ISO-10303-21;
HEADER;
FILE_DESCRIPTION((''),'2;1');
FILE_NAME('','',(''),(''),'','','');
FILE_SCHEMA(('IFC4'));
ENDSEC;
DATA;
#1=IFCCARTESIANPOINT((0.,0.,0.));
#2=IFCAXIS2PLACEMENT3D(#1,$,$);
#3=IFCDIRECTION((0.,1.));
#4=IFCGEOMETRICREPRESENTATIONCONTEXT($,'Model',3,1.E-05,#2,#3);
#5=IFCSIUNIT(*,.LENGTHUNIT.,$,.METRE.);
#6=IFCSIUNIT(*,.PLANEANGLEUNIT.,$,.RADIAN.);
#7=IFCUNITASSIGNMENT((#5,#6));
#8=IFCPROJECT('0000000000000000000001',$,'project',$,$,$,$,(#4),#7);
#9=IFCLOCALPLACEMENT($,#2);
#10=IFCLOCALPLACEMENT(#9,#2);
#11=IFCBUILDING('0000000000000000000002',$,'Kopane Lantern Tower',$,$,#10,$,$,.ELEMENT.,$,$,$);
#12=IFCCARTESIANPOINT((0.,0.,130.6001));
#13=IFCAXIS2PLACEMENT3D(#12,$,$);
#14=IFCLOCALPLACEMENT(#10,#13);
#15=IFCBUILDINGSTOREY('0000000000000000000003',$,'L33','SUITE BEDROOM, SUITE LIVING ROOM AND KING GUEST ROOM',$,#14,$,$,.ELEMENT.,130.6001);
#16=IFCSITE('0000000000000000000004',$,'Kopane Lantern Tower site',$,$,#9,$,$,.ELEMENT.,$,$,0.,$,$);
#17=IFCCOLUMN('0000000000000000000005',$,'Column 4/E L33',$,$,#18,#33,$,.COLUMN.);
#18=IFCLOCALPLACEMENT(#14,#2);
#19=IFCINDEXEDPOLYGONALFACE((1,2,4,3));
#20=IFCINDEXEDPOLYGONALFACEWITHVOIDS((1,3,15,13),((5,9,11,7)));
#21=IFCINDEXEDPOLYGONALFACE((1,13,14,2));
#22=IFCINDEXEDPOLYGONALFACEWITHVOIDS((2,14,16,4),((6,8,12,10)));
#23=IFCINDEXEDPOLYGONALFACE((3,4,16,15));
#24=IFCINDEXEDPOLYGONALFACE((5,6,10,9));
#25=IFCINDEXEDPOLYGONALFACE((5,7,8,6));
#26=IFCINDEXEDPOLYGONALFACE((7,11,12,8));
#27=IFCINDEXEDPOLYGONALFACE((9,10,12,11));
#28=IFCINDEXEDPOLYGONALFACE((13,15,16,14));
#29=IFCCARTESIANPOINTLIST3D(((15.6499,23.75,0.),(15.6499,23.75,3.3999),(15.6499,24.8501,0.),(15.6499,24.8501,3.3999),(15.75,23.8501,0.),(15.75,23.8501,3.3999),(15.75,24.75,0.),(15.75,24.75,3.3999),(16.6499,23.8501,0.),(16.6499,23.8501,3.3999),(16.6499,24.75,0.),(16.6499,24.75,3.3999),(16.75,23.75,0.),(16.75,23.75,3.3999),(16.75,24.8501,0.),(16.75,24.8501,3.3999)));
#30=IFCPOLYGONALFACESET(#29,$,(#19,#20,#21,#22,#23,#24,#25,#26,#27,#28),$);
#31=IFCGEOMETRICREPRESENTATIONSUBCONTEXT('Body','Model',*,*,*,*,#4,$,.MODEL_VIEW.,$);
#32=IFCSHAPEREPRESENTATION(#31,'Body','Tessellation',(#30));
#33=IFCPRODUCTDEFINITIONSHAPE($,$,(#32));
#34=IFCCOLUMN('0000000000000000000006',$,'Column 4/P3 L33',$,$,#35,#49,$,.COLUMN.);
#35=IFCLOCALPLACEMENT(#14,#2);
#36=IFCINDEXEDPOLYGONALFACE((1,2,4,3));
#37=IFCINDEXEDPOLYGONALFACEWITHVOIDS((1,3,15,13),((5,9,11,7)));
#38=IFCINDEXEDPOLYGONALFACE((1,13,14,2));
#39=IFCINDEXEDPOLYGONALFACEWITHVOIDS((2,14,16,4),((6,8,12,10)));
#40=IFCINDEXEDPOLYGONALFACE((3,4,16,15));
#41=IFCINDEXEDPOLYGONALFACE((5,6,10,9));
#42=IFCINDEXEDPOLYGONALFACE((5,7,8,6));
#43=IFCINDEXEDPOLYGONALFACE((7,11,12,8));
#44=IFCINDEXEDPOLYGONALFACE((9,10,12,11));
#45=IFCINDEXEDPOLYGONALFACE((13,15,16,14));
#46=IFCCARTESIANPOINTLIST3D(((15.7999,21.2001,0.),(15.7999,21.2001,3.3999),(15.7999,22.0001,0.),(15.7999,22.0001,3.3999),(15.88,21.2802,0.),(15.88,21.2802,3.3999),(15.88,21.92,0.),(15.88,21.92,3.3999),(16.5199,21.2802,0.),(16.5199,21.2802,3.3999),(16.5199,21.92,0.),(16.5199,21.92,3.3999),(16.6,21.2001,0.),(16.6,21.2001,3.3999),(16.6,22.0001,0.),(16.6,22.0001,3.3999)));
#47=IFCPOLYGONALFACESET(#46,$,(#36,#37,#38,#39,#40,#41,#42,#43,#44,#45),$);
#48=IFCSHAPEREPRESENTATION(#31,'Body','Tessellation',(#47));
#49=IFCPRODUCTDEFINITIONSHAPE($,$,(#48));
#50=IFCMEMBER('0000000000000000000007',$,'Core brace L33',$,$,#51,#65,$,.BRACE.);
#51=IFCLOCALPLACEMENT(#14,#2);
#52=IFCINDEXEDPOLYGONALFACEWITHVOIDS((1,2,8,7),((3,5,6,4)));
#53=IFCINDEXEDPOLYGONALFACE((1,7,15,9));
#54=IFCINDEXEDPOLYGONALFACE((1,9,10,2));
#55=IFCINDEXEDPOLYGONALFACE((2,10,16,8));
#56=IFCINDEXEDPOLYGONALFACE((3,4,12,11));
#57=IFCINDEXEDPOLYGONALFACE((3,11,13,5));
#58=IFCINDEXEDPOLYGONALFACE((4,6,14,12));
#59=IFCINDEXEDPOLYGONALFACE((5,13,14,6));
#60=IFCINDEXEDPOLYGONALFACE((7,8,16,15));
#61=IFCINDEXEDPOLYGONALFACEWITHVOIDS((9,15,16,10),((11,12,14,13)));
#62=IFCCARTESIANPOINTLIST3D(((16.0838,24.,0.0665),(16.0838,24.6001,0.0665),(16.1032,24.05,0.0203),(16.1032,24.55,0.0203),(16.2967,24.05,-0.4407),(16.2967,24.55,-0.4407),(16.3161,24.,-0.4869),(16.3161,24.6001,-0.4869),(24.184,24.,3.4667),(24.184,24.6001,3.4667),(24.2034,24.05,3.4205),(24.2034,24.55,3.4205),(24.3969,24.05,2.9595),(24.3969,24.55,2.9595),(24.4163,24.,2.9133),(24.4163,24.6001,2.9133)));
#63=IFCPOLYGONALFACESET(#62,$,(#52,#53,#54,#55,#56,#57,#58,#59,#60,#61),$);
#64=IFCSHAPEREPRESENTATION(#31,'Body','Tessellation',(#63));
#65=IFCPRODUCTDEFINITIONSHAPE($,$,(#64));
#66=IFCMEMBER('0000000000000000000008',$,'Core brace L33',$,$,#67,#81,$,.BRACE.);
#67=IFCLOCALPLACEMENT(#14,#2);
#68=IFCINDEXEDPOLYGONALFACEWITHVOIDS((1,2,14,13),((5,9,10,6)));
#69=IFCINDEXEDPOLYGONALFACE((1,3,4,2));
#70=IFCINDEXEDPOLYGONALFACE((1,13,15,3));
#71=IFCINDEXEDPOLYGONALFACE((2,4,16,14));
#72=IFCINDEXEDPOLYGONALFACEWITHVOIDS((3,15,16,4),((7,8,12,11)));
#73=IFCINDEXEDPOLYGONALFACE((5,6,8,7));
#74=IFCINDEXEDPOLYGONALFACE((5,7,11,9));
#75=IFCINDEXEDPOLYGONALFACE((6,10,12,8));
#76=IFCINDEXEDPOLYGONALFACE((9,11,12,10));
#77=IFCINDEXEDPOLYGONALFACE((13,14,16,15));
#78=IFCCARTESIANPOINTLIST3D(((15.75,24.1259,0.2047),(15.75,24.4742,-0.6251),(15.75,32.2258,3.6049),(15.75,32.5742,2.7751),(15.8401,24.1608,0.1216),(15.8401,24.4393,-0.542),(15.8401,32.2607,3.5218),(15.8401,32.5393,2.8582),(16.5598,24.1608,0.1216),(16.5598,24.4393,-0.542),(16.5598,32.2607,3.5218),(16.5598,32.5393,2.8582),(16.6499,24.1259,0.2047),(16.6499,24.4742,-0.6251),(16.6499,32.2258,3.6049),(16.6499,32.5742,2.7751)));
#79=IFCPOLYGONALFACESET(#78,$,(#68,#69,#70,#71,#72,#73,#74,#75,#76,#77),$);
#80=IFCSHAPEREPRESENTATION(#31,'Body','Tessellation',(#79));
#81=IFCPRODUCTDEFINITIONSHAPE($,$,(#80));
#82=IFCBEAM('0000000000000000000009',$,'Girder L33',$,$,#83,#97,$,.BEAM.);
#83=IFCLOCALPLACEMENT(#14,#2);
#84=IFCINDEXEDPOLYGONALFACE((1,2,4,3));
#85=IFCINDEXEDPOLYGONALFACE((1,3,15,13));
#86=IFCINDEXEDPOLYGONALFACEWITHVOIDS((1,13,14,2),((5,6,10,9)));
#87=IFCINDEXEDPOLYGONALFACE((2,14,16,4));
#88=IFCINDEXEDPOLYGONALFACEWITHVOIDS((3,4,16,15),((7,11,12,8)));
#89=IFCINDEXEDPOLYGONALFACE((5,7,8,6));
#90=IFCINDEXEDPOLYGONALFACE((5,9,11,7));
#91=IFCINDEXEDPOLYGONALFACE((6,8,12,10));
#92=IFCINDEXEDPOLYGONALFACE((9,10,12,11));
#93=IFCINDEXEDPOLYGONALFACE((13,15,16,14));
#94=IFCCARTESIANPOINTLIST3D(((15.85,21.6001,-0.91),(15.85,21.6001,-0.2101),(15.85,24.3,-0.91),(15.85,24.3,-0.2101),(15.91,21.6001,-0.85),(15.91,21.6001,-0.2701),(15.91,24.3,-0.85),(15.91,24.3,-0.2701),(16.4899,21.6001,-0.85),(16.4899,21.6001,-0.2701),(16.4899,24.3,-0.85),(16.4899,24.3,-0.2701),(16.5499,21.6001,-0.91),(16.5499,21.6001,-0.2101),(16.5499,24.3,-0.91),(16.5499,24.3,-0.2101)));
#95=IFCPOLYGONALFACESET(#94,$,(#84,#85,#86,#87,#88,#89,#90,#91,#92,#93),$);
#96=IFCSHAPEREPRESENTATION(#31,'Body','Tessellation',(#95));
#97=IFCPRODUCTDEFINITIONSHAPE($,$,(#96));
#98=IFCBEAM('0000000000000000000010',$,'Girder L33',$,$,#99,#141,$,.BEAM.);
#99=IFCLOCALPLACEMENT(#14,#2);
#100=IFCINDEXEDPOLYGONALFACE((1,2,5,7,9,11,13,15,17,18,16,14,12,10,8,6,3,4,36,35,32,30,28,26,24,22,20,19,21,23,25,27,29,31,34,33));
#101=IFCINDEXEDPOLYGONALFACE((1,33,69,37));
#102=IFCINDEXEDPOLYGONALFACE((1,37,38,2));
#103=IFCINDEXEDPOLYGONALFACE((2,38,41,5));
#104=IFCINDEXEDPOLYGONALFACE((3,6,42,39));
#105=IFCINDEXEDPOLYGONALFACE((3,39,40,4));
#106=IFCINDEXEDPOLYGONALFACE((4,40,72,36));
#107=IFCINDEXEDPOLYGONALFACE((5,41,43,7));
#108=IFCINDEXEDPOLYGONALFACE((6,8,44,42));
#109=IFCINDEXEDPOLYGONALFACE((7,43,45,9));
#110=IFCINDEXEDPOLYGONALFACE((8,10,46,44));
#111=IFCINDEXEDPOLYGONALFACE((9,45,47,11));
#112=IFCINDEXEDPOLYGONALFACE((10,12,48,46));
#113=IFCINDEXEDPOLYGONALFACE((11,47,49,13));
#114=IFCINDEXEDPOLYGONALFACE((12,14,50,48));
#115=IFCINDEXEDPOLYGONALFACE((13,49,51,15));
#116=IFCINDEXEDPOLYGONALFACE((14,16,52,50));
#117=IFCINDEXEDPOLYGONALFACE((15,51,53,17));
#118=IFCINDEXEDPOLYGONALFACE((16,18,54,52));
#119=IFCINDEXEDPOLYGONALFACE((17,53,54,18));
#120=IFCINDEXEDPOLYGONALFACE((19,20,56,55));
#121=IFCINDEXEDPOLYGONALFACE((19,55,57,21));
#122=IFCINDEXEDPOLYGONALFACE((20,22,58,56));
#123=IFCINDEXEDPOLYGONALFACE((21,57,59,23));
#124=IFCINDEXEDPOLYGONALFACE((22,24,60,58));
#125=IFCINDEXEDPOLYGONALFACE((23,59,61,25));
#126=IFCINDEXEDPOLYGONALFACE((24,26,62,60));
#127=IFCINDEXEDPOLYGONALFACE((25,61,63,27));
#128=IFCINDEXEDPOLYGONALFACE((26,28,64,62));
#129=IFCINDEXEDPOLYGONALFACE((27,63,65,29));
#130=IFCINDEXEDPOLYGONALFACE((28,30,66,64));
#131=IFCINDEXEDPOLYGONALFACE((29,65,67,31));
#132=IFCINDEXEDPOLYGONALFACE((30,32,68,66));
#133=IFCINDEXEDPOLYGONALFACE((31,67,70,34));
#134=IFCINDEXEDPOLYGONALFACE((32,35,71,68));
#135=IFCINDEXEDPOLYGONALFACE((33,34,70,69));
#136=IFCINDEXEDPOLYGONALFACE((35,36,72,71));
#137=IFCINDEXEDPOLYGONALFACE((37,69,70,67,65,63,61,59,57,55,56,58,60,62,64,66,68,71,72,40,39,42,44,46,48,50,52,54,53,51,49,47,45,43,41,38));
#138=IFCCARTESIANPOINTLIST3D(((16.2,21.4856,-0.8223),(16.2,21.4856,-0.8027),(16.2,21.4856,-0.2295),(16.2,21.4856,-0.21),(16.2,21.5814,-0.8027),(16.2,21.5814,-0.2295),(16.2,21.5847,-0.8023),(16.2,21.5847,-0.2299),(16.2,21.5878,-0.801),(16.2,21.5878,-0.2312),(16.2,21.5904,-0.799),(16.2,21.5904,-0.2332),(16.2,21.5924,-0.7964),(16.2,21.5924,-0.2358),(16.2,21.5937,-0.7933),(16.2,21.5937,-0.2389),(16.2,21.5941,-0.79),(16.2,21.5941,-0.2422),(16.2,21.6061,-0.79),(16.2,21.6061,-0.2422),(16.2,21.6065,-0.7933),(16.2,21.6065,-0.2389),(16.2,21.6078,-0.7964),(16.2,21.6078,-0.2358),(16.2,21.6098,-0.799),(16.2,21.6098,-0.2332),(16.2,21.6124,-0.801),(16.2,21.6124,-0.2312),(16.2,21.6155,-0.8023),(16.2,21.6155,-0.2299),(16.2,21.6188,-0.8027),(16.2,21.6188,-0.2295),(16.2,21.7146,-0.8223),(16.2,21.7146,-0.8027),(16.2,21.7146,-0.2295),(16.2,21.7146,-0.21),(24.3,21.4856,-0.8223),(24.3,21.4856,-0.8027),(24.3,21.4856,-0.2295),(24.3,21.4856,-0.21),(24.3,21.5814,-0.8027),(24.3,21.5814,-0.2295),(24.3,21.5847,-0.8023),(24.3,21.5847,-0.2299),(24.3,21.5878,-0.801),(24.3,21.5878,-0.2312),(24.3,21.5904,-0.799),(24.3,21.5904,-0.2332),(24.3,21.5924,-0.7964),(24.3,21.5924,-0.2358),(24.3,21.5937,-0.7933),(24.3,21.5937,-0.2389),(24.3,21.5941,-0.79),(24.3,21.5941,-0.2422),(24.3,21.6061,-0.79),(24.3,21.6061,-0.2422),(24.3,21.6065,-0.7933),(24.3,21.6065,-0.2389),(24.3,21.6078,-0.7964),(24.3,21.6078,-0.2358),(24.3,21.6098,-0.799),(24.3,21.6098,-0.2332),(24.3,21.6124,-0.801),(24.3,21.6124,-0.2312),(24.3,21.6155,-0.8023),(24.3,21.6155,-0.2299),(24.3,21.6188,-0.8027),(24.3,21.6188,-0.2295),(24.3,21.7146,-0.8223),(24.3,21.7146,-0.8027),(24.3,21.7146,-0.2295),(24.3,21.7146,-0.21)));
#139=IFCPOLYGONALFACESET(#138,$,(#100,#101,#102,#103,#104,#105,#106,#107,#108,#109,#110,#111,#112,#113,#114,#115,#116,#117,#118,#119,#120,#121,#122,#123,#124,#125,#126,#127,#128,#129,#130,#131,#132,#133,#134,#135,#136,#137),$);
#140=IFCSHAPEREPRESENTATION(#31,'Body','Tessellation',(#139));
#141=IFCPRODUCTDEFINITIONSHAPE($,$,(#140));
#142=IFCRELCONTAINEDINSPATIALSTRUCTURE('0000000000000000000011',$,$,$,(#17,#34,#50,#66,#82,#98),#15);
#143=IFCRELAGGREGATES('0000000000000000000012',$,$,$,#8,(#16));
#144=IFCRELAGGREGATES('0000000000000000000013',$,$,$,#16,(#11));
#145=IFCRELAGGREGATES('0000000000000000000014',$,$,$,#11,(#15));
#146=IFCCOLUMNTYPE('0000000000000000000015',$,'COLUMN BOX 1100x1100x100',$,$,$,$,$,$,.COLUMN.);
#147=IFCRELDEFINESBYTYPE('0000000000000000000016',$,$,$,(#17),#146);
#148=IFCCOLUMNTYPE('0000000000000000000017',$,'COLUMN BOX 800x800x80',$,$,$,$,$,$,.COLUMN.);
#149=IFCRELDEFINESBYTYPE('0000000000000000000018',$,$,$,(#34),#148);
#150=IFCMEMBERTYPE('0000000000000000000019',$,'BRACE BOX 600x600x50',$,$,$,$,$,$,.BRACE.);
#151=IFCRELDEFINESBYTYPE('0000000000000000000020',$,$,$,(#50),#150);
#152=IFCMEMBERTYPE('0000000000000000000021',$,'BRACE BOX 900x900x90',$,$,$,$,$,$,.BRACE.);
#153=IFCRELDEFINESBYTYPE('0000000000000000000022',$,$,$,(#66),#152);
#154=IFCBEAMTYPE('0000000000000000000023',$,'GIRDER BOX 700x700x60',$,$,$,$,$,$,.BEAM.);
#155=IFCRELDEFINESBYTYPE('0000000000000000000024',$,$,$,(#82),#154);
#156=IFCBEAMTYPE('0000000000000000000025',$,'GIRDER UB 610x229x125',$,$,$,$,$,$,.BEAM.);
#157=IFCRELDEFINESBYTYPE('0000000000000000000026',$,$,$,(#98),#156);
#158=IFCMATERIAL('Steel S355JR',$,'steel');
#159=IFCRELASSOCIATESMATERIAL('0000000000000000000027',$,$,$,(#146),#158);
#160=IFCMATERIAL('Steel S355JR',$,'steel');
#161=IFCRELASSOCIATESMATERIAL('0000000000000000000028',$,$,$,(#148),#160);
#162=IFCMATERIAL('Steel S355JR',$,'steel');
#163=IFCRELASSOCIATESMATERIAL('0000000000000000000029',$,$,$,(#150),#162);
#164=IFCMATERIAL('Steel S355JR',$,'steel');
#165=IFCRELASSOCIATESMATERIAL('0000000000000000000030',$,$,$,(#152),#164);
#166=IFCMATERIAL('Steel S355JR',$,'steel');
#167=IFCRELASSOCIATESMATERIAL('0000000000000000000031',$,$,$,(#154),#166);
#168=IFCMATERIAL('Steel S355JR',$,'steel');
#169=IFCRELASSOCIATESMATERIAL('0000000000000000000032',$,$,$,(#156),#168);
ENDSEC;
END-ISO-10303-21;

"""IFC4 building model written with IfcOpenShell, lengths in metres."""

from ifc_helpers import new_model, si_unit, direction, frame, origin, origin_2d, place, context, subcontext, project, spatial, hollow_rectangle, i_section, extrude, material, material_profile, profile_set, type_object, element, save


model = new_model("IFC4")

# Units and contexts
model_context = context("Model", 3, precision=1e-05, world=origin(), true_north=direction((0.0, 1.0)))
body_context = subcontext(model_context, "Body", "Model", "MODEL_VIEW")
ifc_project = project(units=[si_unit("LENGTHUNIT", "METRE"), si_unit("PLANEANGLEUNIT", "RADIAN")], contexts=[model_context])

# Site, building, storey
site_placement = place(None, origin())
site = spatial("IfcSite", under=ifc_project, at=site_placement, Name="Kopane Lantern Tower site", CompositionType="ELEMENT", RefElevation=0.0)
building_placement = place(site_placement, origin())
building = spatial("IfcBuilding", under=site, at=building_placement, Name="Kopane Lantern Tower", CompositionType="ELEMENT")
storey_placement = place(building_placement, frame((0.0, 0.0, 130.6001)))
storey = spatial("IfcBuildingStorey", under=building, at=storey_placement, Name="L33", Description="SUITE BEDROOM, SUITE LIVING ROOM AND KING GUEST ROOM", CompositionType="ELEMENT", Elevation=130.6001)

# Columns
ifc_material_1 = material(Name="Steel S355JR", Category="steel")
ifc_material_profile_1 = material_profile(ifc_material_1, hollow_rectangle(XDim=1.1001, YDim=1.1001, WallThickness=0.1001, at=origin_2d()), Name="BOX 1100x1100x100")
ifc_profile_set_1 = profile_set([ifc_material_profile_1], Name="Steel S355JR")
column_type_1 = type_object("IfcColumnType", Name="COLUMN BOX 1100x1100x100", PredefinedType="COLUMN", material=ifc_profile_set_1)
column_1_placement = place(storey_placement, frame((16.2, 24.3, 0.0), z_axis=(0.0, 0.0, 1.0), x_axis=(1.0, 0.0, 0.0)))
element("IfcColumn", 1, at=column_1_placement, inside=storey, type_object=column_type_1, Name="Column 4/E L33", PredefinedType="COLUMN", context=body_context, shape_type="SweptSolid", body=[
    extrude(hollow_rectangle(XDim=1.1001, YDim=1.1001, WallThickness=0.1001, at=origin_2d()), origin(), (0.0, 0.0, 1.0), 3.3999),
])
ifc_material_2 = material(Name="Steel S355JR", Category="steel")
ifc_material_profile_2 = material_profile(ifc_material_2, hollow_rectangle(XDim=0.8, YDim=0.8, WallThickness=0.0801, at=origin_2d()), Name="BOX 800x800x80")
ifc_profile_set_2 = profile_set([ifc_material_profile_2], Name="Steel S355JR")
column_type_2 = type_object("IfcColumnType", Name="COLUMN BOX 800x800x80", PredefinedType="COLUMN", material=ifc_profile_set_2)
column_2_placement = place(storey_placement, frame((16.2, 21.6001, 0.0), z_axis=(0.0, 0.0, 1.0), x_axis=(1.0, 0.0, 0.0)))
element("IfcColumn", 2, at=column_2_placement, inside=storey, type_object=column_type_2, Name="Column 4/P3 L33", PredefinedType="COLUMN", context=body_context, shape_type="SweptSolid", body=[
    extrude(hollow_rectangle(XDim=0.8, YDim=0.8, WallThickness=0.0801, at=origin_2d()), origin(), (0.0, 0.0, 1.0), 3.3999),
])

# Members
ifc_material_3 = material(Name="Steel S355JR", Category="steel")
ifc_material_profile_3 = material_profile(ifc_material_3, hollow_rectangle(XDim=0.6001, YDim=0.6001, WallThickness=0.05, at=origin_2d()), Name="BOX 600x600x50")
ifc_profile_set_3 = profile_set([ifc_material_profile_3], Name="Steel S355JR")
member_type_1 = type_object("IfcMemberType", Name="BRACE BOX 600x600x50", PredefinedType="BRACE", material=ifc_profile_set_3)
member_1_placement = place(storey_placement, frame((16.2, 24.3, -0.2102), z_axis=(0.922059, 0.0, 0.387049), x_axis=(0.0, 1.0, 0.0)))
element("IfcMember", 3, at=member_1_placement, inside=storey, type_object=member_type_1, Name="Core brace L33", PredefinedType="BRACE", context=body_context, shape_type="SweptSolid", body=[
    extrude(hollow_rectangle(XDim=0.6001, YDim=0.6001, WallThickness=0.05, at=origin_2d()), origin(), (0.0, 0.0, 1.0), 8.7849),
])
ifc_material_4 = material(Name="Steel S355JR", Category="steel")
ifc_material_profile_4 = material_profile(ifc_material_4, hollow_rectangle(XDim=0.8999, YDim=0.8999, WallThickness=0.0901, at=origin_2d()), Name="BOX 900x900x90")
ifc_profile_set_4 = profile_set([ifc_material_profile_4], Name="Steel S355JR")
member_type_2 = type_object("IfcMemberType", Name="BRACE BOX 900x900x90", PredefinedType="BRACE", material=ifc_profile_set_4)
member_2_placement = place(storey_placement, frame((16.2, 24.3, -0.2102), z_axis=(0.0, 0.922055, 0.387059), x_axis=(-1.0, 0.0, 0.0)))
element("IfcMember", 4, at=member_2_placement, inside=storey, type_object=member_type_2, Name="Core brace L33", PredefinedType="BRACE", context=body_context, shape_type="SweptSolid", body=[
    extrude(hollow_rectangle(XDim=0.8999, YDim=0.8999, WallThickness=0.0901, at=origin_2d()), origin(), (0.0, 0.0, 1.0), 8.7847),
])

# Beams
ifc_material_5 = material(Name="Steel S355JR", Category="steel")
ifc_material_profile_5 = material_profile(ifc_material_5, hollow_rectangle(XDim=0.7, YDim=0.7, WallThickness=0.0601, at=origin_2d()), Name="BOX 700x700x60")
ifc_profile_set_5 = profile_set([ifc_material_profile_5], Name="Steel S355JR")
beam_type_1 = type_object("IfcBeamType", Name="GIRDER BOX 700x700x60", PredefinedType="BEAM", material=ifc_profile_set_5)
beam_1_placement = place(storey_placement, frame((16.2, 21.6001, -0.5601), z_axis=(0.0, 1.0, 0.0), x_axis=(-1.0, 0.0, 0.0)))
element("IfcBeam", 5, at=beam_1_placement, inside=storey, type_object=beam_type_1, Name="Girder L33", PredefinedType="BEAM", context=body_context, shape_type="SweptSolid", body=[
    extrude(hollow_rectangle(XDim=0.7, YDim=0.7, WallThickness=0.0601, at=origin_2d()), origin(), (0.0, 0.0, 1.0), 2.7),
])
ifc_material_6 = material(Name="Steel S355JR", Category="steel")
ifc_material_profile_6 = material_profile(ifc_material_6, i_section(OverallWidth=0.229, OverallDepth=0.6123, WebThickness=0.012, FlangeThickness=0.0195, FilletRadius=0.0127, at=origin_2d()), Name="UB 610x229x125")
ifc_profile_set_6 = profile_set([ifc_material_profile_6], Name="Steel S355JR")
beam_type_2 = type_object("IfcBeamType", Name="GIRDER UB 610x229x125", PredefinedType="BEAM", material=ifc_profile_set_6)
beam_2_placement = place(storey_placement, frame((16.2, 21.6001, -0.5161), z_axis=(1.0, 0.0, 0.0), x_axis=(0.0, 1.0, 0.0)))
element("IfcBeam", 6, at=beam_2_placement, inside=storey, type_object=beam_type_2, Name="Girder L33", PredefinedType="BEAM", context=body_context, shape_type="SweptSolid", body=[
    extrude(i_section(OverallWidth=0.229, OverallDepth=0.6123, WebThickness=0.012, FlangeThickness=0.0195, FilletRadius=0.0127, at=origin_2d()), origin(), (0.0, 0.0, 1.0), 8.1001),
])

save(model, "model.ifc")
